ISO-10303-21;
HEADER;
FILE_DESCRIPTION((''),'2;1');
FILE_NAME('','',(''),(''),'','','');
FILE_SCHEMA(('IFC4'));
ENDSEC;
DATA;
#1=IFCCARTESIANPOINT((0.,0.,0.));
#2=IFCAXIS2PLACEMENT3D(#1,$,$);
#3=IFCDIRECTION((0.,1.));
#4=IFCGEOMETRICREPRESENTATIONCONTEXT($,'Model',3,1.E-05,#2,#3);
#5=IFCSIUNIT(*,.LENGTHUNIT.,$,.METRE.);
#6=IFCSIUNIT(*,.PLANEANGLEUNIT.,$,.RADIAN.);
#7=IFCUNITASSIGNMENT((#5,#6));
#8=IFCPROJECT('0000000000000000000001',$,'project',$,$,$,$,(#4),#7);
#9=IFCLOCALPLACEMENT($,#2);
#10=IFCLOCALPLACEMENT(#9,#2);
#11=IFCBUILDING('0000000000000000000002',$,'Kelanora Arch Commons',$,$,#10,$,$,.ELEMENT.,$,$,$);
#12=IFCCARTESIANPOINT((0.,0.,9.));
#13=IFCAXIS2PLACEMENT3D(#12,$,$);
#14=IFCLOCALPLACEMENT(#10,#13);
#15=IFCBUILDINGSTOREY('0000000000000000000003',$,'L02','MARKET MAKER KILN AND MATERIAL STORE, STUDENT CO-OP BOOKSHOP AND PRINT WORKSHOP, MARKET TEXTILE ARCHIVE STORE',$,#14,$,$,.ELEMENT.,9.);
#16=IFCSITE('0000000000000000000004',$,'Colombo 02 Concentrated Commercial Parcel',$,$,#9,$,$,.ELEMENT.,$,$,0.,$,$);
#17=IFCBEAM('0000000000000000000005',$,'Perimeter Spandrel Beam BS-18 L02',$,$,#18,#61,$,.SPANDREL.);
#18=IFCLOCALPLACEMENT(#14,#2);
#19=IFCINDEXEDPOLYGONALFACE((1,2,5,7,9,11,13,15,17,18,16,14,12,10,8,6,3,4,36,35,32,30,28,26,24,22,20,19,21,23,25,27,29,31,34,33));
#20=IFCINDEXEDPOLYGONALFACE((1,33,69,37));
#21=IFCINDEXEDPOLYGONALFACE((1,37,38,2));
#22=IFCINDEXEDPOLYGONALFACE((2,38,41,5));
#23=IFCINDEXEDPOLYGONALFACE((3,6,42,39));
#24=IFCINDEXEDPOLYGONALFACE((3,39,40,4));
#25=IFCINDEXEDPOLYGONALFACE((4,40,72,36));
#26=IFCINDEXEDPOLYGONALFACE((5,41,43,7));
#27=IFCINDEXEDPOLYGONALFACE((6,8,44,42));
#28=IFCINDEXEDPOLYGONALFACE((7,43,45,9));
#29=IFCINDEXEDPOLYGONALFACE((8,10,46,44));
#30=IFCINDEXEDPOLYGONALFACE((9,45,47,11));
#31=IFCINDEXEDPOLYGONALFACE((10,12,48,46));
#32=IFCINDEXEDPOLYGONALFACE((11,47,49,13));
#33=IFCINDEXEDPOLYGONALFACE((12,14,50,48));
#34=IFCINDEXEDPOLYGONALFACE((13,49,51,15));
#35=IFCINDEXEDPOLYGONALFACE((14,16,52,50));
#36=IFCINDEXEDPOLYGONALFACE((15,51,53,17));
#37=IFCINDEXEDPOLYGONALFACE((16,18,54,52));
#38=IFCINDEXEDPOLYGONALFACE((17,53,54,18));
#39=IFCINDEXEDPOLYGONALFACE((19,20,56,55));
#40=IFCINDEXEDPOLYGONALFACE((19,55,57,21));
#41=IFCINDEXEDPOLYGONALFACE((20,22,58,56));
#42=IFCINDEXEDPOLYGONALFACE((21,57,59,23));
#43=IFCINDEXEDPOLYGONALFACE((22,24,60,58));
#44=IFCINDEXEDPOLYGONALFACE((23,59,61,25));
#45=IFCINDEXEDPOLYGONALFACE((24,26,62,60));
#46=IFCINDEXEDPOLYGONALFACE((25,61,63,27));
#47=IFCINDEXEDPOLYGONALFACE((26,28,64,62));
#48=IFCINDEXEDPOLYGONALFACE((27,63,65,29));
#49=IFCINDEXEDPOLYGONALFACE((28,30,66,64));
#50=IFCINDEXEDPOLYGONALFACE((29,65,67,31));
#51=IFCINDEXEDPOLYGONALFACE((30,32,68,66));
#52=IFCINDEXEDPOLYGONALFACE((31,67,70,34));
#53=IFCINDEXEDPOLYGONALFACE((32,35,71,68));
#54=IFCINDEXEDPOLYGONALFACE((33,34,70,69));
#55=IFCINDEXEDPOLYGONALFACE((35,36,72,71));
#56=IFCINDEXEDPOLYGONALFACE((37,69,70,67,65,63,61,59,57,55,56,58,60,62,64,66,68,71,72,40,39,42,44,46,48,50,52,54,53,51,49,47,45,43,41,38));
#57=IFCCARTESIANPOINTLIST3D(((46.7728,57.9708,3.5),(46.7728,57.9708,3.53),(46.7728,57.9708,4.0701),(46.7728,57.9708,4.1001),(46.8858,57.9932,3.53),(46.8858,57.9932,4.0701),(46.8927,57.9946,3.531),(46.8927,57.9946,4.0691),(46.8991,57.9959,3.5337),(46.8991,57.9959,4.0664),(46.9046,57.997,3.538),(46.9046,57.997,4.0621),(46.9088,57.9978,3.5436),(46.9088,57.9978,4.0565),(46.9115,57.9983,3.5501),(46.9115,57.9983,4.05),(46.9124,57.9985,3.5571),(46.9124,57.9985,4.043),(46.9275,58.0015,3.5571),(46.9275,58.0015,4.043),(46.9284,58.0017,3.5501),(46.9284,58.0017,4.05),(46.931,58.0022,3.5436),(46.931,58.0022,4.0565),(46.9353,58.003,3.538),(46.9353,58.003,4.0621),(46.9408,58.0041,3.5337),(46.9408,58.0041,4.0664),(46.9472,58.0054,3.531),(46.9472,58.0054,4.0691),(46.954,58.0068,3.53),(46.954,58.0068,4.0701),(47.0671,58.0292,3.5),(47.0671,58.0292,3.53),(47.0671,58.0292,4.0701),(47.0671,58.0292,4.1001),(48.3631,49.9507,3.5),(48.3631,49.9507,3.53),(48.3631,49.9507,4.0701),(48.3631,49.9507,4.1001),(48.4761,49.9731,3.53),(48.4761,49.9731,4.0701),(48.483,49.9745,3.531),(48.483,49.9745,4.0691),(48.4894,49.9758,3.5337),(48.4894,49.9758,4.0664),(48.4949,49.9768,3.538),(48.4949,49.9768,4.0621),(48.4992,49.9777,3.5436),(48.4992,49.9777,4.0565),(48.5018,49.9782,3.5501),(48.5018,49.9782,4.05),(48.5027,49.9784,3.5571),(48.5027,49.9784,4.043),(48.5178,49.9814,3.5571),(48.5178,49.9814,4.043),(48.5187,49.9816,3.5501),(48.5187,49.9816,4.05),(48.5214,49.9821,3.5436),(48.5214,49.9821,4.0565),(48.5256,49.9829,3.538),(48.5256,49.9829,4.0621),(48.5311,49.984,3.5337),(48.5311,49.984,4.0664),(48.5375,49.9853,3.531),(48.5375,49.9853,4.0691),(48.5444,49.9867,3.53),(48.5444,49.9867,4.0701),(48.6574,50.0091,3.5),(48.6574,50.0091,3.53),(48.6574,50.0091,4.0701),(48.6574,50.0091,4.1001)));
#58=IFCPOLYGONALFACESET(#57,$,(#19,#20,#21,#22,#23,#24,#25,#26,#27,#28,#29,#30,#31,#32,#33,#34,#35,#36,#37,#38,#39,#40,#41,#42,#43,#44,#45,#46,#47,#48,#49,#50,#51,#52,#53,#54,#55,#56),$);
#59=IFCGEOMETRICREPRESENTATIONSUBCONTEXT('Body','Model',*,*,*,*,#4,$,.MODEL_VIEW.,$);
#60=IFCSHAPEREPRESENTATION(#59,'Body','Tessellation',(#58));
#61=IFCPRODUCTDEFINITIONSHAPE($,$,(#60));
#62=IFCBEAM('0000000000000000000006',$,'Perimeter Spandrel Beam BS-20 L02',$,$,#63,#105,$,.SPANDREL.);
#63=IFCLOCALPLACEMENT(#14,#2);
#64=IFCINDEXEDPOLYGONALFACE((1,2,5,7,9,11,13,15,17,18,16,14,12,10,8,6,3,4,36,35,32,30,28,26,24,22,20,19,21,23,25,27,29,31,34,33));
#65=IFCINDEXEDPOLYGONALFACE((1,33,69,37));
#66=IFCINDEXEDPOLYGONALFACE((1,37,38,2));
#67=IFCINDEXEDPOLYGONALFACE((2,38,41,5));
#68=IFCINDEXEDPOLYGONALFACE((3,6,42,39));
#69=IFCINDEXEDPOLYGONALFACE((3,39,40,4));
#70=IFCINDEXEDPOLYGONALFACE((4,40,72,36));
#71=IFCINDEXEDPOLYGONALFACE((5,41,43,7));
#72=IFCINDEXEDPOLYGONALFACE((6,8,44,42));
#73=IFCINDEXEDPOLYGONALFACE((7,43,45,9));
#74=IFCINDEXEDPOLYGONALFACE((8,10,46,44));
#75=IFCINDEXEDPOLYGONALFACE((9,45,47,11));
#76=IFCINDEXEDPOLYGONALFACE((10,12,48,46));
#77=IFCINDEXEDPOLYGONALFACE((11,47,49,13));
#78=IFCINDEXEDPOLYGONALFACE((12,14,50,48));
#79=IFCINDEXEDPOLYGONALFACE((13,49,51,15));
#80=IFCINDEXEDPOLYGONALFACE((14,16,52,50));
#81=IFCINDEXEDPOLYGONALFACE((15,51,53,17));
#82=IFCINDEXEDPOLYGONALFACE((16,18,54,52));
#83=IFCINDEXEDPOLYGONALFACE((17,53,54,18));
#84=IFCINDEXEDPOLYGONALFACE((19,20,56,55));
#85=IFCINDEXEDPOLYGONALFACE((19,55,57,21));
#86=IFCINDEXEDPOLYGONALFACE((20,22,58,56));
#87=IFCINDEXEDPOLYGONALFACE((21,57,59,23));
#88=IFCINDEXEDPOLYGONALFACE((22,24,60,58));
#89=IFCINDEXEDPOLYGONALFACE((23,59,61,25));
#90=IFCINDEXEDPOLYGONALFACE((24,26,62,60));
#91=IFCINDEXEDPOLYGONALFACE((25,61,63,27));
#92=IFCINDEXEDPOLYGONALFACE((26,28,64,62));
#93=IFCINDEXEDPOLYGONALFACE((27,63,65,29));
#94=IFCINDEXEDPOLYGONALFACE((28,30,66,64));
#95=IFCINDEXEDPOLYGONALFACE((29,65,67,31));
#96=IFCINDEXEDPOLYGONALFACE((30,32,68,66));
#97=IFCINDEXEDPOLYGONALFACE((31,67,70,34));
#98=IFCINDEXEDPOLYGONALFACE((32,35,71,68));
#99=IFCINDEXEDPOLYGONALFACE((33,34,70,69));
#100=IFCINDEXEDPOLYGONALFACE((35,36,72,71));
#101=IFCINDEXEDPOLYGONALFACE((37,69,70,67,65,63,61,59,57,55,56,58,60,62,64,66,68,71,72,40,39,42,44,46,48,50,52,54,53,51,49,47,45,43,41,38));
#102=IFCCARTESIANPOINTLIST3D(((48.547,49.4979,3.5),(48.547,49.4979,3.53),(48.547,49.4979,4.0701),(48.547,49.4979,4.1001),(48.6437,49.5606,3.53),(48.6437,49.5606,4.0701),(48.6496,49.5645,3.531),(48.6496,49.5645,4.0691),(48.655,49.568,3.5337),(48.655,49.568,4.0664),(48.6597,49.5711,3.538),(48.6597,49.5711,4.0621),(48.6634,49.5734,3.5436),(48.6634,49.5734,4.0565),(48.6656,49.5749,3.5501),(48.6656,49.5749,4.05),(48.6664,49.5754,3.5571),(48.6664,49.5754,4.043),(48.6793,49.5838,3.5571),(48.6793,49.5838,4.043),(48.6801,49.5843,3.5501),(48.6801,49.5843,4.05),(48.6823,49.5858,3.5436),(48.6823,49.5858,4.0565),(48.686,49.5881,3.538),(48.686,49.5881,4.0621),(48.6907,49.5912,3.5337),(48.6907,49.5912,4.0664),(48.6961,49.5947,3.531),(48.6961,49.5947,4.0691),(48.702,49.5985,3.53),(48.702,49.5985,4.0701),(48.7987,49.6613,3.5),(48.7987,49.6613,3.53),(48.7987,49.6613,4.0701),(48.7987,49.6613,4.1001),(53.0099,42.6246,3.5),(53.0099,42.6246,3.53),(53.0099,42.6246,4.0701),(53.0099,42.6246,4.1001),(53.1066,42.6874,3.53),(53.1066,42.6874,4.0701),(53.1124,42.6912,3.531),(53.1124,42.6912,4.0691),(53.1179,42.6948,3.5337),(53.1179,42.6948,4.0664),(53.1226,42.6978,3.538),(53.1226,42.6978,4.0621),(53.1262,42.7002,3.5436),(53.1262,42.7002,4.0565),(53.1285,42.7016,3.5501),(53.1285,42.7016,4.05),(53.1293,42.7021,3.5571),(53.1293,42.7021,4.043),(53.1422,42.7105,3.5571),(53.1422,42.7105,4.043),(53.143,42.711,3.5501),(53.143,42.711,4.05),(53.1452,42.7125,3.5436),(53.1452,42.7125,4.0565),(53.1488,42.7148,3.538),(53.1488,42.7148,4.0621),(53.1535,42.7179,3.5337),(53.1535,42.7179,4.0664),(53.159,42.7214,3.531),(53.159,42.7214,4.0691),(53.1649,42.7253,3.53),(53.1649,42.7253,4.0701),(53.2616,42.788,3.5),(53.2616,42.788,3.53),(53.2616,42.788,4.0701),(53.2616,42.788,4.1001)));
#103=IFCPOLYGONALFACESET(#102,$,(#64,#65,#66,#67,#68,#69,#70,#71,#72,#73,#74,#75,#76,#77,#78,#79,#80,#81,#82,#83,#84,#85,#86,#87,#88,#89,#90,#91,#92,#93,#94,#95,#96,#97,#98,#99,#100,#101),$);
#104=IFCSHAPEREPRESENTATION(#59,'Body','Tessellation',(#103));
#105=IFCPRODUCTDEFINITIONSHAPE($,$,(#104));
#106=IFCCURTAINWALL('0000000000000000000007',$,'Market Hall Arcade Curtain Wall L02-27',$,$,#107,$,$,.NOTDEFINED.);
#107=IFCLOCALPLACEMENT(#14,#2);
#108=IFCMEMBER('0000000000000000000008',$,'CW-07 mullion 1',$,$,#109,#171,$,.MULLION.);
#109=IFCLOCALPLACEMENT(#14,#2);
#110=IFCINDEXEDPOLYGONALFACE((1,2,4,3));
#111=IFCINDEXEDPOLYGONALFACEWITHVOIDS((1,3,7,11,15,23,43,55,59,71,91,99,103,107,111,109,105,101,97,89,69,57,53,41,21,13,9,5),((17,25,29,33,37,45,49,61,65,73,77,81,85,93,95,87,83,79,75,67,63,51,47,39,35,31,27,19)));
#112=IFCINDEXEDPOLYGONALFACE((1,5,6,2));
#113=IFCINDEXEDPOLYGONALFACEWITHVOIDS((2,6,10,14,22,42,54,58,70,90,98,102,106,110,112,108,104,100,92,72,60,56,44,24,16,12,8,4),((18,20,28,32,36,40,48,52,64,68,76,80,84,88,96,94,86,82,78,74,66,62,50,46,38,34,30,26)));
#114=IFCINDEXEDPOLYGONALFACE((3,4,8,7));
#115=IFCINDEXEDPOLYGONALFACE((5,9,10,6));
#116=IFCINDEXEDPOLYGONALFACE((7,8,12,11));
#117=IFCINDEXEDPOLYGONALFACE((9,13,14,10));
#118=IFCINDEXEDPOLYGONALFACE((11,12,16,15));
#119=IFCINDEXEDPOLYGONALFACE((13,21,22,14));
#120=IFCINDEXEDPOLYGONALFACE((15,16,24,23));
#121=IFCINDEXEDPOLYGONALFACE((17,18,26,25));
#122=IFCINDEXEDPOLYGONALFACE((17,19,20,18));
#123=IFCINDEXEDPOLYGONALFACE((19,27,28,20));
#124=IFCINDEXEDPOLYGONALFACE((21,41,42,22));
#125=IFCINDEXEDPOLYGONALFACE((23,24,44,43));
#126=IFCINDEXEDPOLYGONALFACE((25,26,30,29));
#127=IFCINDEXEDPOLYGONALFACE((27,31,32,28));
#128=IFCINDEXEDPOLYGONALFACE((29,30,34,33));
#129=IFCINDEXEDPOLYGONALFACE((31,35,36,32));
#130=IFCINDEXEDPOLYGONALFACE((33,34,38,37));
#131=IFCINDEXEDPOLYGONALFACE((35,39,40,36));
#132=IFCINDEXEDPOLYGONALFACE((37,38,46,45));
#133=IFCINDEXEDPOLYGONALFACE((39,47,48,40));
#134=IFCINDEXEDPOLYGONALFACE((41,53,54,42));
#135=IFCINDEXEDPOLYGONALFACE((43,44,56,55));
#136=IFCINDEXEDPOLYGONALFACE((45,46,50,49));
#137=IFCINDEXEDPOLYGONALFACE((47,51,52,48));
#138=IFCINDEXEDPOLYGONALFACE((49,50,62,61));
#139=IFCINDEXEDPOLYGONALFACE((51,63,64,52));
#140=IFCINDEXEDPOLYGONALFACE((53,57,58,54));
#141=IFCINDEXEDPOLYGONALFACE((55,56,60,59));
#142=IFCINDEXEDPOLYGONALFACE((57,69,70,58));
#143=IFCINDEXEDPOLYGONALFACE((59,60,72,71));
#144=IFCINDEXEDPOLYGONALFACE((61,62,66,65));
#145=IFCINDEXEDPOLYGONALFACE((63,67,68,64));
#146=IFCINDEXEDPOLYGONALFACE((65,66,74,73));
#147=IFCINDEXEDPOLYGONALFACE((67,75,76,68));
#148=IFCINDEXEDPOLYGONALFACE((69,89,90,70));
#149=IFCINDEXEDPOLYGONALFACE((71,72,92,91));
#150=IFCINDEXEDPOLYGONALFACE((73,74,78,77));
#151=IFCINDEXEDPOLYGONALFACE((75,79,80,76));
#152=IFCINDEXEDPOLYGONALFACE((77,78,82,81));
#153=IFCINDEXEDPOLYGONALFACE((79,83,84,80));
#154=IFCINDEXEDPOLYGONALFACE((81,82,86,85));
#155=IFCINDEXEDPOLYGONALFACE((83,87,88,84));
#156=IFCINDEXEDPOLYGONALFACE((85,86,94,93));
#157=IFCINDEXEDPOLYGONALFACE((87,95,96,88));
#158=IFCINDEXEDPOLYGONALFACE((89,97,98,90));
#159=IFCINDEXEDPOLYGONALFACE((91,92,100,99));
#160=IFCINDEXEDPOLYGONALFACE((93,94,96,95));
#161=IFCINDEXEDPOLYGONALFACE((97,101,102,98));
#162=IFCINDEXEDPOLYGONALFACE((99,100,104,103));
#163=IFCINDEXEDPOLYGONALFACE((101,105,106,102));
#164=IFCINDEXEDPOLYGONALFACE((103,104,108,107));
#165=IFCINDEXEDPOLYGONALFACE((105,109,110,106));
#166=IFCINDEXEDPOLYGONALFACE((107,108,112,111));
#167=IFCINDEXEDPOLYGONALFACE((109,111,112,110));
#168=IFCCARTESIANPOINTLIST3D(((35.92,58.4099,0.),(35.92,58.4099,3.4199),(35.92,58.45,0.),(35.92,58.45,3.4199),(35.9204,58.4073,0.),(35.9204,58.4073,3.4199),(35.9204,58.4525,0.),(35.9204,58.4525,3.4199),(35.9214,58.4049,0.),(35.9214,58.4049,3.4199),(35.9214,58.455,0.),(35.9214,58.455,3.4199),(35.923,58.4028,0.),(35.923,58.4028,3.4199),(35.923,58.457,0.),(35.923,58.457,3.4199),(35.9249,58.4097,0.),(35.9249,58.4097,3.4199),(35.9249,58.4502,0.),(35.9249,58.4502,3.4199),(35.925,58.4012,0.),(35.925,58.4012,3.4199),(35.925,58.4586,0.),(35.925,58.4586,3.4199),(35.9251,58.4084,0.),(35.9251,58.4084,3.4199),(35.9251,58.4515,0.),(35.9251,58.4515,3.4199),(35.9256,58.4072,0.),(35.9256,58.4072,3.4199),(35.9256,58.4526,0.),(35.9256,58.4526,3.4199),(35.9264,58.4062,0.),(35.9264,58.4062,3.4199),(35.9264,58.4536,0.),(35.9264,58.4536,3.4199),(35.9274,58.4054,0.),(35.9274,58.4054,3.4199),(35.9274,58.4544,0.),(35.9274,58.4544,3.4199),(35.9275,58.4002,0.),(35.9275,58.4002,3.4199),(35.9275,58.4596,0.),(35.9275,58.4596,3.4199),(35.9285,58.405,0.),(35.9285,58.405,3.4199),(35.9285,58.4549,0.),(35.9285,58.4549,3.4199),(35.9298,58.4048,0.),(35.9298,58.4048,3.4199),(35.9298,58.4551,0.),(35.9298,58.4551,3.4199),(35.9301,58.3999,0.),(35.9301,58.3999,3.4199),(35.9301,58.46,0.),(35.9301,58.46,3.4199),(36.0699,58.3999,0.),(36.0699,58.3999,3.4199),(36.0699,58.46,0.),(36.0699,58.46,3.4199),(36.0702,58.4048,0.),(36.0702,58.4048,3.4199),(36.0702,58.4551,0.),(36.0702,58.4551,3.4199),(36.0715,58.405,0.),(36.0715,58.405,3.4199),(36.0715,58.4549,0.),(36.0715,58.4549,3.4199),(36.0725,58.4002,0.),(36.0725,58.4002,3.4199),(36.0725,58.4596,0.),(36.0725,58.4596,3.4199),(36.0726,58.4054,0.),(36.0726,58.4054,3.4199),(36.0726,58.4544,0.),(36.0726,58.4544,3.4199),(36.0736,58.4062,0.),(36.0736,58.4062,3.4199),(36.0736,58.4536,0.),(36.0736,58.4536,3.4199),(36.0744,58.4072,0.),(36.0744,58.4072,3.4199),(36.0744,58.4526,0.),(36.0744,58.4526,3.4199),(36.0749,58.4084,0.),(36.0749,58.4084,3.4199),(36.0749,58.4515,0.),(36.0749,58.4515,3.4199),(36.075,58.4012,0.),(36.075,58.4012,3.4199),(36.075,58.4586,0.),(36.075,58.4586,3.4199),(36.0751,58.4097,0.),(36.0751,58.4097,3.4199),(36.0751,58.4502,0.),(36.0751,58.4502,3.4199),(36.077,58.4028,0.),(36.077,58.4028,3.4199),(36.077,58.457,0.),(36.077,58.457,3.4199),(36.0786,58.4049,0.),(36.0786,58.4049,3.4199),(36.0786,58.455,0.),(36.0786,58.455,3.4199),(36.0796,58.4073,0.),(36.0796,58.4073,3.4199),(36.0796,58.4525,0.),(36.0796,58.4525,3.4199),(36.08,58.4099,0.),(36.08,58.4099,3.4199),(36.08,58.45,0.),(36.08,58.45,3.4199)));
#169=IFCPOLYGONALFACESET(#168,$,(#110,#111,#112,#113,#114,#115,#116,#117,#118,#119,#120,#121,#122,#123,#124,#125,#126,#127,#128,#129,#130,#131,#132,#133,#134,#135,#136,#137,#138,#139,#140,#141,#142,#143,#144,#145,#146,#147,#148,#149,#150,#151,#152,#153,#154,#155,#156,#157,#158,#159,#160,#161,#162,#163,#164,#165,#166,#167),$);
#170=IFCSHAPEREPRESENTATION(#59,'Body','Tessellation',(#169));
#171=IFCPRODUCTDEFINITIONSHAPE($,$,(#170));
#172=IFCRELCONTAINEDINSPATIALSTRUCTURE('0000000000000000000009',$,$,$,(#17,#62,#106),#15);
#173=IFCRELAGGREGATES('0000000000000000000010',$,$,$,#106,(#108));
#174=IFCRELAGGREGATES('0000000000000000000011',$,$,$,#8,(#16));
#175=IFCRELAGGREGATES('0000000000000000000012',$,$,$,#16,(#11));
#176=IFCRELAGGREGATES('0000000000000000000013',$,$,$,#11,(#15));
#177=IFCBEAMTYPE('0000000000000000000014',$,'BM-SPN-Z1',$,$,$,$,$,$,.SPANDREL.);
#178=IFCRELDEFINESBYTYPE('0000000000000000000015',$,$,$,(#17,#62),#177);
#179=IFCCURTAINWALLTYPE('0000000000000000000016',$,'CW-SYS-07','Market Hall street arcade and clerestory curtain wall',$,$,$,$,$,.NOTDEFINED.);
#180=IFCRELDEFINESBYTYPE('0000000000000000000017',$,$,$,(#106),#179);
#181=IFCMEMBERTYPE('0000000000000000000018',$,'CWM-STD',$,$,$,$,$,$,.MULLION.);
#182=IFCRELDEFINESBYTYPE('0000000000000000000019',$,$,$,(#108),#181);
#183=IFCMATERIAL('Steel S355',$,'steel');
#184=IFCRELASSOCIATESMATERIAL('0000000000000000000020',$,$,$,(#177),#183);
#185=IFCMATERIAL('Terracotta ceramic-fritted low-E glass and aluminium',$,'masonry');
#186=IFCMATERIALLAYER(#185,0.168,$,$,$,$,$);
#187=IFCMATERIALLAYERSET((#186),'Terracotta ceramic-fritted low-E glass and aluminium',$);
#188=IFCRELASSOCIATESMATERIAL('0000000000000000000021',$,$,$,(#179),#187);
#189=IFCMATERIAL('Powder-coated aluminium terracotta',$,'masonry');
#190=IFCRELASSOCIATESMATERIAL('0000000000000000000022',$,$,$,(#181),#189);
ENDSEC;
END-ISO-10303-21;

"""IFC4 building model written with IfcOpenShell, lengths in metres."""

from ifc_helpers import new_model, si_unit, direction, frame, origin, origin_2d, place, context, subcontext, project, spatial, hollow_rectangle, i_section, extrude, material, layer, layer_set, material_profile, profile_set, type_object, element, aggregate, save


model = new_model("IFC4")

# Units and contexts
model_context = context("Model", 3, precision=1e-05, world=origin(), true_north=direction((0.0, 1.0)))
body_context = subcontext(model_context, "Body", "Model", "MODEL_VIEW")
ifc_project = project(units=[si_unit("LENGTHUNIT", "METRE"), si_unit("PLANEANGLEUNIT", "RADIAN")], contexts=[model_context])

# Site, building, storey
site_placement = place(None, origin())
site = spatial("IfcSite", under=ifc_project, at=site_placement, Name="Colombo 02 Concentrated Commercial Parcel", CompositionType="ELEMENT", RefElevation=0.0)
building_placement = place(site_placement, origin())
building = spatial("IfcBuilding", under=site, at=building_placement, Name="Kelanora Arch Commons", CompositionType="ELEMENT")
storey_placement = place(building_placement, frame((0.0, 0.0, 9.0)))
storey = spatial("IfcBuildingStorey", under=building, at=storey_placement, Name="L02", Description="MARKET MAKER KILN AND MATERIAL STORE, STUDENT CO-OP BOOKSHOP AND PRINT WORKSHOP, MARKET TEXTILE ARCHIVE STORE", CompositionType="ELEMENT", Elevation=9.0)

# Beams
ifc_material_1 = material(Name="Steel S355", Category="steel")
ifc_material_profile_1 = material_profile(ifc_material_1, i_section(OverallWidth=0.3, OverallDepth=0.6001, WebThickness=0.0154, FlangeThickness=0.03, FilletRadius=0.0271, at=origin_2d()), Name="HEB600")
ifc_profile_set_1 = profile_set([ifc_material_profile_1], Name="Steel S355")
beam_type_1 = type_object("IfcBeamType", Name="BM-SPN-Z1", PredefinedType="SPANDREL", material=ifc_profile_set_1)
beam_1_placement = place(storey_placement, frame((46.9199, 58.0, 3.8), z_axis=(0.194508, -0.980901, 0.0), x_axis=(0.980901, 0.194508, 0.0)))
element("IfcBeam", 1, at=beam_1_placement, inside=storey, type_object=beam_type_1, Name="Perimeter Spandrel Beam BS-18 L02", PredefinedType="SPANDREL", context=body_context, shape_type="SweptSolid", body=[
    extrude(i_section(OverallWidth=0.3, OverallDepth=0.6001, WebThickness=0.0154, FlangeThickness=0.03, FilletRadius=0.0271, at=origin_2d()), origin(), (0.0, 0.0, 1.0), 8.1763),
])
beam_2_placement = place(storey_placement, frame((48.6729, 49.5796, 3.8), z_axis=(0.544581, -0.838708, 0.0), x_axis=(0.838708, 0.544581, 0.0)))
element("IfcBeam", 2, at=beam_2_placement, inside=storey, type_object=beam_type_1, Name="Perimeter Spandrel Beam BS-20 L02", PredefinedType="SPANDREL", context=body_context, shape_type="SweptSolid", body=[
    extrude(i_section(OverallWidth=0.3, OverallDepth=0.6001, WebThickness=0.0154, FlangeThickness=0.03, FilletRadius=0.0271, at=origin_2d()), origin(), (0.0, 0.0, 1.0), 8.1951),
])

# Curtain wall, member
ifc_material_2 = material(Name="Terracotta ceramic-fritted low-E glass and aluminium", Category="masonry")
ifc_layer_1 = layer(ifc_material_2, 0.168)
ifc_layer_set_1 = layer_set([ifc_layer_1], Name="Terracotta ceramic-fritted low-E glass and aluminium")
curtain_wall_type = type_object("IfcCurtainWallType", Name="CW-SYS-07", Description="Market Hall street arcade and clerestory curtain wall", PredefinedType="NOTDEFINED", material=ifc_layer_set_1)
curtain_wall_placement = place(storey_placement, origin())
curtain_wall = element("IfcCurtainWall", 3, at=curtain_wall_placement, inside=storey, type_object=curtain_wall_type, Name="Market Hall Arcade Curtain Wall L02-27", PredefinedType="NOTDEFINED")
ifc_material_3 = material(Name="Powder-coated aluminium terracotta", Category="masonry")
ifc_material_profile_2 = material_profile(ifc_material_3, hollow_rectangle(XDim=0.1599, YDim=0.0601, WallThickness=0.0049, InnerFilletRadius=0.0049, OuterFilletRadius=0.01, at=origin_2d()), Name="CWM160x60")
ifc_profile_set_2 = profile_set([ifc_material_profile_2], Name="Powder-coated aluminium terracotta")
member_type_1 = type_object("IfcMemberType", Name="CWM-STD", PredefinedType="MULLION", material=ifc_profile_set_2)
member_1_placement = place(storey_placement, frame((36.0, 58.4299, 0.0), z_axis=(0.0, 0.0, 1.0), x_axis=(-1.0, 0.0, 0.0)))
member_1 = element("IfcMember", 4, at=member_1_placement, type_object=member_type_1, Name="CW-07 mullion 1", PredefinedType="MULLION", context=body_context, shape_type="SweptSolid", body=[
    extrude(hollow_rectangle(XDim=0.1599, YDim=0.0601, WallThickness=0.0049, InnerFilletRadius=0.0049, OuterFilletRadius=0.01, at=origin_2d()), origin(), (0.0, 0.0, 1.0), 3.4199),
])
aggregate(curtain_wall, [member_1])

save(model, "model.ifc")
